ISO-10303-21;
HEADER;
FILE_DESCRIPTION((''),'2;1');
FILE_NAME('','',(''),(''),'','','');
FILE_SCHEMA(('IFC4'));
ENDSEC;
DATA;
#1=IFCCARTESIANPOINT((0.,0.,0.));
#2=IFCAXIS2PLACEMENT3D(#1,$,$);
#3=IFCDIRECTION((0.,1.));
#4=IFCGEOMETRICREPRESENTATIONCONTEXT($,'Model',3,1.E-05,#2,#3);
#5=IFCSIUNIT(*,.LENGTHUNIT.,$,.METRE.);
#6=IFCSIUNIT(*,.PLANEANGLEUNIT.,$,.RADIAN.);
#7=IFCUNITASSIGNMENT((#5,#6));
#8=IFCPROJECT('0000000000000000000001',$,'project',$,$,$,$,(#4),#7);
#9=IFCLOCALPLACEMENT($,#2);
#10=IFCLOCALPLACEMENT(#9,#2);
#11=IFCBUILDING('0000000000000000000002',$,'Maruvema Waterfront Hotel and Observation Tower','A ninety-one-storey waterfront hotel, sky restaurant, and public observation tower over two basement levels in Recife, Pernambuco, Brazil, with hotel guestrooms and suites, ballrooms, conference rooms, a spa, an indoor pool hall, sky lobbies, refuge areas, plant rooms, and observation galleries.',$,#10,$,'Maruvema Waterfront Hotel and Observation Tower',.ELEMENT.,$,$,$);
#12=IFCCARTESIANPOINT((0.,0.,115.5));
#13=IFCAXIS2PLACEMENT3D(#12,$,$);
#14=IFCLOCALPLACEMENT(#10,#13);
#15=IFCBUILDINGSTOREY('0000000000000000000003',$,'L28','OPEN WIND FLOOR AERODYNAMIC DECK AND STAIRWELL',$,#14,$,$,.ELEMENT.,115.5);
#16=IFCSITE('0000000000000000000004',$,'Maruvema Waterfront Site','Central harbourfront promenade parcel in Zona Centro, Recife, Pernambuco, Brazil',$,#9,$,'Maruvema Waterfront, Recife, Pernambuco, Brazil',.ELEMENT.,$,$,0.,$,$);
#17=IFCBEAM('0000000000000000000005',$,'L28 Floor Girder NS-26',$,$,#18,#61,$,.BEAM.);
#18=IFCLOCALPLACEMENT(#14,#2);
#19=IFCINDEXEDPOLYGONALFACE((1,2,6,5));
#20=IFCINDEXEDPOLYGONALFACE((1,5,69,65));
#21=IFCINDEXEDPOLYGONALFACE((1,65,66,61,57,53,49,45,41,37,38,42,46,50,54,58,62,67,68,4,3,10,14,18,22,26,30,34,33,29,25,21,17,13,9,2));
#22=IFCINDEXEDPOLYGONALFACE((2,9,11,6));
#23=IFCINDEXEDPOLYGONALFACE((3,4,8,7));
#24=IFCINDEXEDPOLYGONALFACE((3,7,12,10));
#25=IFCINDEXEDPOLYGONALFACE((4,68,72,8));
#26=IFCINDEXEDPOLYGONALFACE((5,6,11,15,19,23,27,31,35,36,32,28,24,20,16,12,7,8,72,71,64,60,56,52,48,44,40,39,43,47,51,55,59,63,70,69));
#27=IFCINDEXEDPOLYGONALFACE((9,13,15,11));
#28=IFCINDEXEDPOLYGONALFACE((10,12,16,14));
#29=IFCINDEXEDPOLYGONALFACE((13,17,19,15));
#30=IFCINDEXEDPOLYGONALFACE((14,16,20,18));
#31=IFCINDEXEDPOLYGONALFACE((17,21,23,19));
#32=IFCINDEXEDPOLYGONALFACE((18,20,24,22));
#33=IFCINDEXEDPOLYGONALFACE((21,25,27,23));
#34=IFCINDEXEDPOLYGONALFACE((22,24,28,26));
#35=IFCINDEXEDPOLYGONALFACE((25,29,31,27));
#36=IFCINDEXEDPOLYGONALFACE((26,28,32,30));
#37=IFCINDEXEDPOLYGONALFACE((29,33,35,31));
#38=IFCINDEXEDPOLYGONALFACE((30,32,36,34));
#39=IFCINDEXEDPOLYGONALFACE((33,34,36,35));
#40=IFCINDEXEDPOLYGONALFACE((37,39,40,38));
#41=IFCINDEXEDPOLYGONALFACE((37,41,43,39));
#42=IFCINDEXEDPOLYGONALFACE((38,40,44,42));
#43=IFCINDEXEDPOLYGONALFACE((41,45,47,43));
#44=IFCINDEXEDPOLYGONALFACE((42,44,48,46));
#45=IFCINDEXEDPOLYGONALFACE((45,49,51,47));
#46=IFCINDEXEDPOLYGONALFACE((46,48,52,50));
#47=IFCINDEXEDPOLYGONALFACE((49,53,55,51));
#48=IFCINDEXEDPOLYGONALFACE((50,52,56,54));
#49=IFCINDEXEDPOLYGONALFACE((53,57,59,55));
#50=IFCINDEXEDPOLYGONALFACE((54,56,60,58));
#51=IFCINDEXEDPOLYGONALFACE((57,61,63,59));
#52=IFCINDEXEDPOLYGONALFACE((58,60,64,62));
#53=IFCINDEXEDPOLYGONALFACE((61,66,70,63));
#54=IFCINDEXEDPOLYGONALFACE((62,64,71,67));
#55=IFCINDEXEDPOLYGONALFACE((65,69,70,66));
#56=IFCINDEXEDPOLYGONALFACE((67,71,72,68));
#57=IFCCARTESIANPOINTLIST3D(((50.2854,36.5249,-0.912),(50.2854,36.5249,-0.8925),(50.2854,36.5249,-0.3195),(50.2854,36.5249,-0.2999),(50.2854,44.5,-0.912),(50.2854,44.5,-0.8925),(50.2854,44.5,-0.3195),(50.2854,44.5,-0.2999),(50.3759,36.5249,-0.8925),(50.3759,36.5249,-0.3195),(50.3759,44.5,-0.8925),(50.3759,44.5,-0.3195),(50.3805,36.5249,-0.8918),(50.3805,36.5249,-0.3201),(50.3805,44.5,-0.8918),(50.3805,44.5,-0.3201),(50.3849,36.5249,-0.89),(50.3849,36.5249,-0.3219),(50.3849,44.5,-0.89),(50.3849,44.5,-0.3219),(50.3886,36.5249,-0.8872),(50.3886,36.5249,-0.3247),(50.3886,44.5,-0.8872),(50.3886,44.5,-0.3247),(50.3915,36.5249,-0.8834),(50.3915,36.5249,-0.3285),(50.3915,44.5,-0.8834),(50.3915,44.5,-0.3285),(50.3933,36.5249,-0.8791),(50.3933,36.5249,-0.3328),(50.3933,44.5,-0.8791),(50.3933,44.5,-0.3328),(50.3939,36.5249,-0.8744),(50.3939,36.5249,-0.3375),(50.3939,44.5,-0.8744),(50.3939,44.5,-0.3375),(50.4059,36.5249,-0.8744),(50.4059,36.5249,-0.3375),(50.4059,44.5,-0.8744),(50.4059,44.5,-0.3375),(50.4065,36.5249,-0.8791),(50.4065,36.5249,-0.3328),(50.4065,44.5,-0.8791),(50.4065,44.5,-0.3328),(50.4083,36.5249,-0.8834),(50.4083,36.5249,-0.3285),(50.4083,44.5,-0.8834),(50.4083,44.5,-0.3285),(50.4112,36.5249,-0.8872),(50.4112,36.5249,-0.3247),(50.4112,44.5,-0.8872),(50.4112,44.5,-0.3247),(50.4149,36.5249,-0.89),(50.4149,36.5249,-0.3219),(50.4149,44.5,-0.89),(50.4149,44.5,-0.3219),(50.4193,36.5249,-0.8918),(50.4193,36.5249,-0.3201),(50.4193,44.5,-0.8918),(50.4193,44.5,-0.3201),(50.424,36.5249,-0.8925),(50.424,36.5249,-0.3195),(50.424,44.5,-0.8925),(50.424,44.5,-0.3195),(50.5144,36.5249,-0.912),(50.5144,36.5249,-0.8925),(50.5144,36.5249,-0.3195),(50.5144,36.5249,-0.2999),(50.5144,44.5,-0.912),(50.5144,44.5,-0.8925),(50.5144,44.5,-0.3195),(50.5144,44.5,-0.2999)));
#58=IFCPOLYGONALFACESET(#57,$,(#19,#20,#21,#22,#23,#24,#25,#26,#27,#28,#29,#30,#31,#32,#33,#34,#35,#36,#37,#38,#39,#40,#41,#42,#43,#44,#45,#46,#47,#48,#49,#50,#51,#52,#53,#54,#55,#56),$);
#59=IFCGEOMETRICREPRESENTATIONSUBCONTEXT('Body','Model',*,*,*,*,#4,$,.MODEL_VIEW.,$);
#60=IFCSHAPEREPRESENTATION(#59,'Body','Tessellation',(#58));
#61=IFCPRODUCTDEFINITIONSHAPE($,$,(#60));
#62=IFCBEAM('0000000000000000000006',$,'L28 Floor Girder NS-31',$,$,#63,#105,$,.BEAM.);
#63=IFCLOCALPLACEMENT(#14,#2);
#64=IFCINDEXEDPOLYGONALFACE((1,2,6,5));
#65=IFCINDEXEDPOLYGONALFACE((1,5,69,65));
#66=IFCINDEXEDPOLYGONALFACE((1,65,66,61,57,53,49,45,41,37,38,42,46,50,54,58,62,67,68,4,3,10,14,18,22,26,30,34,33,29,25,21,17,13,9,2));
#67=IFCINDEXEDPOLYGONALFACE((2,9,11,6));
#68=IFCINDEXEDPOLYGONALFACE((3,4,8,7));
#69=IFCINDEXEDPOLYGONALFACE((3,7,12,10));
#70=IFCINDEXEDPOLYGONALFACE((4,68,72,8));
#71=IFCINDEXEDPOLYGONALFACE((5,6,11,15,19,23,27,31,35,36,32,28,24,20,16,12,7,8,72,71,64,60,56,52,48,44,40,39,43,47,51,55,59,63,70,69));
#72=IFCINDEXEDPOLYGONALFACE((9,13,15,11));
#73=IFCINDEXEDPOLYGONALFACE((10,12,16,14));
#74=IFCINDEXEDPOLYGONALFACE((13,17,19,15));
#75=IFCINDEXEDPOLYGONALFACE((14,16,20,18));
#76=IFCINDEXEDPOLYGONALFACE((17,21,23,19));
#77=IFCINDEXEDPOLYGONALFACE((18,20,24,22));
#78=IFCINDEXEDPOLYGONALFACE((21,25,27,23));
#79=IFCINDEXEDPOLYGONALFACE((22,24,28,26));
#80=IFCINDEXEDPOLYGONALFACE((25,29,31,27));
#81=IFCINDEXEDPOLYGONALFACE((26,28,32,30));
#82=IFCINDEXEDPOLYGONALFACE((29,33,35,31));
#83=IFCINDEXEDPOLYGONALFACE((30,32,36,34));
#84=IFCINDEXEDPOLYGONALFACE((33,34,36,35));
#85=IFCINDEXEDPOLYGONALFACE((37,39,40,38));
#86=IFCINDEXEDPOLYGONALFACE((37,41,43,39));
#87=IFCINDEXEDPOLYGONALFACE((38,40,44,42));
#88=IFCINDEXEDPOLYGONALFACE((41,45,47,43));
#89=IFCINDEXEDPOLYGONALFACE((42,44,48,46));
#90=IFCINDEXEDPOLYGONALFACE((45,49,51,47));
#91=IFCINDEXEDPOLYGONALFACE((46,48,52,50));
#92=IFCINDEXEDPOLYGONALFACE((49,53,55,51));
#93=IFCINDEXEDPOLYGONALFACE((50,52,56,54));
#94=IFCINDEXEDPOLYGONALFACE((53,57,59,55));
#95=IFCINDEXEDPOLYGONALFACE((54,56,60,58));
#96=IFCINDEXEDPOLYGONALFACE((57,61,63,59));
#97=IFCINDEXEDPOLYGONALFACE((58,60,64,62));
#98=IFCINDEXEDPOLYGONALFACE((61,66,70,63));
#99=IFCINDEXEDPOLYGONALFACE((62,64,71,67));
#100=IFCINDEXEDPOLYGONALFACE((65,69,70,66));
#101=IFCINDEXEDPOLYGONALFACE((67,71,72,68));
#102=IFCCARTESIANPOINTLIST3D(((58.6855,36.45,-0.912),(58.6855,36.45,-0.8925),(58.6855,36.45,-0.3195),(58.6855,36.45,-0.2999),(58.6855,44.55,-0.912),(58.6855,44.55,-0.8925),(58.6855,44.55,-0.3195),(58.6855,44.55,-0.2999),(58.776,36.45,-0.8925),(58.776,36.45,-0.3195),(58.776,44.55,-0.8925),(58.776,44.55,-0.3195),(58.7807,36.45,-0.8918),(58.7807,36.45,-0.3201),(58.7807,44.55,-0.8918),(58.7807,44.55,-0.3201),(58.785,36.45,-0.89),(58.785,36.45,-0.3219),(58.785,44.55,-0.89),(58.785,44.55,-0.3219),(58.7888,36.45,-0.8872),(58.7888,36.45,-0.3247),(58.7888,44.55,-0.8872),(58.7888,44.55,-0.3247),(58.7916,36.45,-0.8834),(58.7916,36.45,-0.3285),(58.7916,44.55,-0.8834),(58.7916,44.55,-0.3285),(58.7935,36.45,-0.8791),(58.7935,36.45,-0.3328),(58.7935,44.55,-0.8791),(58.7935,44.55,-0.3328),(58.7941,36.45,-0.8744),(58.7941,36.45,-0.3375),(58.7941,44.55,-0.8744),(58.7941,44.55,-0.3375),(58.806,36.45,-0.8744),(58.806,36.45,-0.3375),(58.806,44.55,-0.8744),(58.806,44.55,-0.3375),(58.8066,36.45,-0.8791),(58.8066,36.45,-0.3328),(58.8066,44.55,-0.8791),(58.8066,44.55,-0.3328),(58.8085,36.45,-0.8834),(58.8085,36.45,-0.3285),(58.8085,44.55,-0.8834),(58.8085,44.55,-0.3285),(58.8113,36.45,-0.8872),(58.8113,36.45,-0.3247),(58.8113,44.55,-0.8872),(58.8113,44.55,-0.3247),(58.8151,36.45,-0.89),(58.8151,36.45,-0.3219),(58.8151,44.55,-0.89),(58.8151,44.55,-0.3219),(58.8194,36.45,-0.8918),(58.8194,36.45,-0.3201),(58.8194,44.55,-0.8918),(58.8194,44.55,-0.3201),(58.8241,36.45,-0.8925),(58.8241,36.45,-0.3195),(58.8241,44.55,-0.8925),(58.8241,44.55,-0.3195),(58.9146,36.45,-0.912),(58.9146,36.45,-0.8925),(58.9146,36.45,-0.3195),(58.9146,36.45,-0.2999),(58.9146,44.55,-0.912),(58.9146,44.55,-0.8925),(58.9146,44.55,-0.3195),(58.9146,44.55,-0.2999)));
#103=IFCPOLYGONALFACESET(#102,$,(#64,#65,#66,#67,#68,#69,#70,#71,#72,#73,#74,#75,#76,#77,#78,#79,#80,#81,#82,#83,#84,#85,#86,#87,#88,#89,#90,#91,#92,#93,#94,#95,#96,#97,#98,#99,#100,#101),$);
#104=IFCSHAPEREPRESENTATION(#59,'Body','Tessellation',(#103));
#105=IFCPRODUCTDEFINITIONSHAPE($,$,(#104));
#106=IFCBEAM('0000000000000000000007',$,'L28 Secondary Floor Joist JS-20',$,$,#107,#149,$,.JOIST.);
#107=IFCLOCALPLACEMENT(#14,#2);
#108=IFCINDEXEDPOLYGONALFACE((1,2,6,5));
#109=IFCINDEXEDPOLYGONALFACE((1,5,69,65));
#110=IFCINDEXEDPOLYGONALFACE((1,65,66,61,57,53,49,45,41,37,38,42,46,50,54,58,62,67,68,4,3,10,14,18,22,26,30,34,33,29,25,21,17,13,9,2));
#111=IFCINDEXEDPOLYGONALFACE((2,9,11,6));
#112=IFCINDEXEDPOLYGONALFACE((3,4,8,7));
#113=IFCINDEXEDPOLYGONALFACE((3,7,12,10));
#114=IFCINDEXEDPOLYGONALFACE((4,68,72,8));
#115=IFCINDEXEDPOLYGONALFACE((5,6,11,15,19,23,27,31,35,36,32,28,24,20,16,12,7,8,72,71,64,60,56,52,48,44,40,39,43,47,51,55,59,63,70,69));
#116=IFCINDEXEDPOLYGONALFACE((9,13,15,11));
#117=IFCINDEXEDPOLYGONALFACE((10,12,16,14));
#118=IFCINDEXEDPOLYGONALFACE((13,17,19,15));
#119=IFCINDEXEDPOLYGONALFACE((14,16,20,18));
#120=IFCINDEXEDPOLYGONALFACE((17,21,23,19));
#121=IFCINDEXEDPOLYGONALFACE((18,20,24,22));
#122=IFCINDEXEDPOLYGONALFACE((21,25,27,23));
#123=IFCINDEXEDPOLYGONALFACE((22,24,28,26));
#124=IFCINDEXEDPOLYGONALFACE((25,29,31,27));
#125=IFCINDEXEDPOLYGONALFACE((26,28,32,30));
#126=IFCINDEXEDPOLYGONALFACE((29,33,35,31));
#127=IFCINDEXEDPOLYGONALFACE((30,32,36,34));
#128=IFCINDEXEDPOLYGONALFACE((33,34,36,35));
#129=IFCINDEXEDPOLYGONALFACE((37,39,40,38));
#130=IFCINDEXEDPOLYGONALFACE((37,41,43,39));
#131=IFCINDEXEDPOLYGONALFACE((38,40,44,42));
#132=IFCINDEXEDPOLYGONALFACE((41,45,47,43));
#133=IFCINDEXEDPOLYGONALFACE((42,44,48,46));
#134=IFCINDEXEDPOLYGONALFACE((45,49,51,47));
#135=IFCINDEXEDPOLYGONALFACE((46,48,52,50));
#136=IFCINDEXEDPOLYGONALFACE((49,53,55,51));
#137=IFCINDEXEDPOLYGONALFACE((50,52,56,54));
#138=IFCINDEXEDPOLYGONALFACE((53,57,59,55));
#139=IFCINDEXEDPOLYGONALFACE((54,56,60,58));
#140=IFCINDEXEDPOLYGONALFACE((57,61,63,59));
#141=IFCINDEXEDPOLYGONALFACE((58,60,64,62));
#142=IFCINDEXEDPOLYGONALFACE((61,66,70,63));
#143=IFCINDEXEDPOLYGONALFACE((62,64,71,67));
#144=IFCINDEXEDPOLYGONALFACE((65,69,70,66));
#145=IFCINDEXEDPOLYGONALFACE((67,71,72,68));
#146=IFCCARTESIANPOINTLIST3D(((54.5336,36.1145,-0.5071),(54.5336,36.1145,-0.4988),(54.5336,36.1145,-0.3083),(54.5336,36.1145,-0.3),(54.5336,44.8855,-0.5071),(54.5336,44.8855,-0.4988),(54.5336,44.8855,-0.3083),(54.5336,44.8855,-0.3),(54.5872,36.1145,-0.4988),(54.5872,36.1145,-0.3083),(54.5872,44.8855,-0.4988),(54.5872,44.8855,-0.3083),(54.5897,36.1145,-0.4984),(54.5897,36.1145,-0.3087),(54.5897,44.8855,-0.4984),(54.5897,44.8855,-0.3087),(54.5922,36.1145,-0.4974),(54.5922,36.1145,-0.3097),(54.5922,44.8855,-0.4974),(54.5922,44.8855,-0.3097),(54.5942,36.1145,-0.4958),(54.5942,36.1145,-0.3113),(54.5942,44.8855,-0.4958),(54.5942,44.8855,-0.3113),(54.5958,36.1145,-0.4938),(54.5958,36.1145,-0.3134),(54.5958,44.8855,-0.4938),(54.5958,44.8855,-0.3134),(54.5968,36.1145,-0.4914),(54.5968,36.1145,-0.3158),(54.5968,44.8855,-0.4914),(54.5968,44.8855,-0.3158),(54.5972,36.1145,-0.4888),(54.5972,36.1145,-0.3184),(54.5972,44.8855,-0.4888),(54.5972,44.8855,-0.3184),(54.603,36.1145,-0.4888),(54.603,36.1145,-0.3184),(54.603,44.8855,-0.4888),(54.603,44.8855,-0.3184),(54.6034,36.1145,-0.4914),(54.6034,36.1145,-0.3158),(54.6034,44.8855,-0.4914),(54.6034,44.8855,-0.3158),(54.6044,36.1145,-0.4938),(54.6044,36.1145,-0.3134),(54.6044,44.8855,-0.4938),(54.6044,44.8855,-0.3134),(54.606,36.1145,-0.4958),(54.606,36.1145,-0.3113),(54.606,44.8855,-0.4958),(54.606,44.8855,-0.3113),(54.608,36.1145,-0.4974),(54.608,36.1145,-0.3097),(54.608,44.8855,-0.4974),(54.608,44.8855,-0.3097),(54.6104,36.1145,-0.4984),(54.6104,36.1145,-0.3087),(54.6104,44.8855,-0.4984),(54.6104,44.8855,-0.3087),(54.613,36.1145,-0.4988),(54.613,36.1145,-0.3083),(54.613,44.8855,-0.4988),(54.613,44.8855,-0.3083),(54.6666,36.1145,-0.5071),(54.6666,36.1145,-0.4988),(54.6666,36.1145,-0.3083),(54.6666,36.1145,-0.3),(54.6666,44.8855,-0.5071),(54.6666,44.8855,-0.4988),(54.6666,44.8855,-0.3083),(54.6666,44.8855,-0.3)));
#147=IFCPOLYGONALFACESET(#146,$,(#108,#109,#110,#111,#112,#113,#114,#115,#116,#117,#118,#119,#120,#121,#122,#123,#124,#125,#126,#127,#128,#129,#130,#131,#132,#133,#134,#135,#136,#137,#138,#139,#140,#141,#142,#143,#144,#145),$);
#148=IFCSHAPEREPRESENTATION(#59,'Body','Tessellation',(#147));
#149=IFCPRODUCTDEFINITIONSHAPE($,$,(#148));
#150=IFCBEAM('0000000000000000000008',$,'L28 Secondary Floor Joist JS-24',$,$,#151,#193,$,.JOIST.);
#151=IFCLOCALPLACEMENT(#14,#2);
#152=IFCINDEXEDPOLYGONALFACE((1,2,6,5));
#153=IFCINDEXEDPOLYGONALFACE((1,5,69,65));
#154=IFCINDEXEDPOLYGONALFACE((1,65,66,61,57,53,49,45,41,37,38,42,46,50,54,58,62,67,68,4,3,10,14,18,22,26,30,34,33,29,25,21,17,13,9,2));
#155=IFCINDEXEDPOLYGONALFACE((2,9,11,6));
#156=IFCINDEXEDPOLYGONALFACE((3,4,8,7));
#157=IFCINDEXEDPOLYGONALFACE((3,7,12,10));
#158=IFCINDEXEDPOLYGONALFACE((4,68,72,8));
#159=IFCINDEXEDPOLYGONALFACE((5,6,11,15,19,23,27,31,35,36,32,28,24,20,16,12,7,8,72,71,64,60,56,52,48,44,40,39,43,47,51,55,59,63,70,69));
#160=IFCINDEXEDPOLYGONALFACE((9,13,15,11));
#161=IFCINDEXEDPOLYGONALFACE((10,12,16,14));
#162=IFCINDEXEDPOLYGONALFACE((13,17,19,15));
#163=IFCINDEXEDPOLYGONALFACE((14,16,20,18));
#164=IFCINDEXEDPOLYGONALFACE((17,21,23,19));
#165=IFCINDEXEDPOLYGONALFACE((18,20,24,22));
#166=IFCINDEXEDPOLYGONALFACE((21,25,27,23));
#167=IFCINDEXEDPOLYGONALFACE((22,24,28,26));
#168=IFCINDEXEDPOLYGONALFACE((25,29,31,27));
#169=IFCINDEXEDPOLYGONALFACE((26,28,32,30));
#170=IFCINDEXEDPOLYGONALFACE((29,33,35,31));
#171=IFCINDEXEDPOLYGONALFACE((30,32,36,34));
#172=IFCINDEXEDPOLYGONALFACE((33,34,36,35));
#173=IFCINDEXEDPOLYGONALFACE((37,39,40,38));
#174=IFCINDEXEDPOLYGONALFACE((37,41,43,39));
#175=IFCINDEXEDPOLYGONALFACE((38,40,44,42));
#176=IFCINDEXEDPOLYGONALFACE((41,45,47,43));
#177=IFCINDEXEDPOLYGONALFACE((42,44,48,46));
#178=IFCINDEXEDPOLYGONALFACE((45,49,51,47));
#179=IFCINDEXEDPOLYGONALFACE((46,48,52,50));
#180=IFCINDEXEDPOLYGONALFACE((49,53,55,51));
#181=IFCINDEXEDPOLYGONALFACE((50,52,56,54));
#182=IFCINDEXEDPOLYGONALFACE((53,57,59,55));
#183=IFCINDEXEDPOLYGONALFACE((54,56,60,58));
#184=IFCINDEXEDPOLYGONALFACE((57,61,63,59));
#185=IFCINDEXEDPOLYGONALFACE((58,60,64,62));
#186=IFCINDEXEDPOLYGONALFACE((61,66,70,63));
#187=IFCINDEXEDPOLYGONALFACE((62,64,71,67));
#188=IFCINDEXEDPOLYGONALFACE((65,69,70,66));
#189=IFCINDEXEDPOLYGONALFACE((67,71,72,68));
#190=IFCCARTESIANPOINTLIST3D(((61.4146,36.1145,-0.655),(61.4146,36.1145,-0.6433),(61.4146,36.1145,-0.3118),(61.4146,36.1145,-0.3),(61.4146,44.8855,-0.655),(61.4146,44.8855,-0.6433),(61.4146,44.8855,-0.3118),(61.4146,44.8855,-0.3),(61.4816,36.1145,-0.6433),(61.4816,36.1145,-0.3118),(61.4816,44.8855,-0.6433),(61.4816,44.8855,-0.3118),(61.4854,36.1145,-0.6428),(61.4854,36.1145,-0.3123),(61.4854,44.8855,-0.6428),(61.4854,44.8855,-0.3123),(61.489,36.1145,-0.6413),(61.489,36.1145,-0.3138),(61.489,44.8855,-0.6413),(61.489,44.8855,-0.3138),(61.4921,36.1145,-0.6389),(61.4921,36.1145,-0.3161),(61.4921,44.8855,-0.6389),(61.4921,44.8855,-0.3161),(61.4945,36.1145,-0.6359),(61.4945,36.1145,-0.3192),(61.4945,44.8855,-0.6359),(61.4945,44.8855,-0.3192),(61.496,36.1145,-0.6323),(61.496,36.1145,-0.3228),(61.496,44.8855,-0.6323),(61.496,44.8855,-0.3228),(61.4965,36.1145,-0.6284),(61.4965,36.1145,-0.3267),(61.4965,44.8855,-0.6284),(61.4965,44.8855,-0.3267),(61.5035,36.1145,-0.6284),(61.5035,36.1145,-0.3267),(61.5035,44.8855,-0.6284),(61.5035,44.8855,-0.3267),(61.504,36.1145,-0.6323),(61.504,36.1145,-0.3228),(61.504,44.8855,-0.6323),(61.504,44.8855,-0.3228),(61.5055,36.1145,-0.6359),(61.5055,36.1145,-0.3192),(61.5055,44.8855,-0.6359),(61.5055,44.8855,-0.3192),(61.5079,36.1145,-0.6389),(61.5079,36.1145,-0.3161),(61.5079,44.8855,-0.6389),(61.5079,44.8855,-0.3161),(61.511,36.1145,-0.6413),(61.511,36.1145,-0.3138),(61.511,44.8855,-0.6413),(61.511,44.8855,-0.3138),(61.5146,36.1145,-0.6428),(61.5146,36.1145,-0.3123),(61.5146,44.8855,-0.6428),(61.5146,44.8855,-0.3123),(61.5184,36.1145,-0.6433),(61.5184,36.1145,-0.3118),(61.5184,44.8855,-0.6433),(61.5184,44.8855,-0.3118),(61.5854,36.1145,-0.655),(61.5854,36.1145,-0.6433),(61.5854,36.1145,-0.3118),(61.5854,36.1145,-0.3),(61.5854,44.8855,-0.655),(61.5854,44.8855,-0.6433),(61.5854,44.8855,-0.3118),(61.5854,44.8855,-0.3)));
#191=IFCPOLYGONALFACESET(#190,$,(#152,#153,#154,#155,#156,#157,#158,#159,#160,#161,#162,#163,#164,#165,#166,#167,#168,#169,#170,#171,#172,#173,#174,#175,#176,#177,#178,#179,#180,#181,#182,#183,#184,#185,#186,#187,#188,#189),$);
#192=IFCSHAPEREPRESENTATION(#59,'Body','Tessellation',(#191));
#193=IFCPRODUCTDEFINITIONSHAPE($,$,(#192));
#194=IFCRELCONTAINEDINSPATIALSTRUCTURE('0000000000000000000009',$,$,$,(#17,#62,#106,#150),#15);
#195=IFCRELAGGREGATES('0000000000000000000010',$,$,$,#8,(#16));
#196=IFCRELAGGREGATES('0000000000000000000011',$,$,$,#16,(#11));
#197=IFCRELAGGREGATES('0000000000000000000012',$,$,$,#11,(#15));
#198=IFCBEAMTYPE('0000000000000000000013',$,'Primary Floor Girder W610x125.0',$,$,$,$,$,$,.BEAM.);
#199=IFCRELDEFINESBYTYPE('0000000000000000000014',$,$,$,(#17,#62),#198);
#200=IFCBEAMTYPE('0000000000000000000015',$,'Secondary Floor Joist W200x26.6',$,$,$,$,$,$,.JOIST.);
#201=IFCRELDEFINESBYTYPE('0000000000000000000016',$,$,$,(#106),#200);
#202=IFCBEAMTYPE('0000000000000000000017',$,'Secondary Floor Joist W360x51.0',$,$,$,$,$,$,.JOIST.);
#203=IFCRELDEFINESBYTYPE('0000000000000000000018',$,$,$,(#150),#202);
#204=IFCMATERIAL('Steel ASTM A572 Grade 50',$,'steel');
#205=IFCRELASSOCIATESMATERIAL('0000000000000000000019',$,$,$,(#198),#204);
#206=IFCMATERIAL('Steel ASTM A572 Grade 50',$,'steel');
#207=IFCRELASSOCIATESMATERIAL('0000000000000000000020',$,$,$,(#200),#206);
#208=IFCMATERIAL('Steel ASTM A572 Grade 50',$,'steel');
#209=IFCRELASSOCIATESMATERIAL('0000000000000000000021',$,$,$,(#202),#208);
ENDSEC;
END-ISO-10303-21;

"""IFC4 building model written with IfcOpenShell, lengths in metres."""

from ifc_helpers import new_model, si_unit, direction, frame, origin, origin_2d, place, context, subcontext, project, spatial, i_section, extrude, material, material_profile, profile_set, type_object, element, save


model = new_model("IFC4")

# Units and contexts
model_context = context("Model", 3, precision=1e-05, world=origin(), true_north=direction((0.0, 1.0)))
body_context = subcontext(model_context, "Body", "Model", "MODEL_VIEW")
ifc_project = project(units=[si_unit("LENGTHUNIT", "METRE"), si_unit("PLANEANGLEUNIT", "RADIAN")], contexts=[model_context])

# Site, building, storey
site_placement = place(None, origin())
site = spatial("IfcSite", under=ifc_project, at=site_placement, Name="Maruvema Waterfront Site", Description="Central harbourfront promenade parcel in Zona Centro, Recife, Pernambuco, Brazil", LongName="Maruvema Waterfront, Recife, Pernambuco, Brazil", CompositionType="ELEMENT", RefElevation=0.0)
building_placement = place(site_placement, origin())
building = spatial("IfcBuilding", under=site, at=building_placement, Name="Maruvema Waterfront Hotel and Observation Tower", Description="A ninety-one-storey waterfront hotel, sky restaurant, and public observation tower over two basement levels in Recife, Pernambuco, Brazil, with hotel guestrooms and suites, ballrooms, conference rooms, a spa, an indoor pool hall, sky lobbies, refuge areas, plant rooms, and observation galleries.", LongName="Maruvema Waterfront Hotel and Observation Tower", CompositionType="ELEMENT")
storey_placement = place(building_placement, frame((0.0, 0.0, 115.5)))
storey = spatial("IfcBuildingStorey", under=building, at=storey_placement, Name="L28", Description="OPEN WIND FLOOR AERODYNAMIC DECK AND STAIRWELL", CompositionType="ELEMENT", Elevation=115.5)

# Beams
ifc_material_1 = material(Name="Steel ASTM A572 Grade 50", Category="steel")
ifc_material_profile_1 = material_profile(ifc_material_1, i_section(OverallWidth=0.229, OverallDepth=0.6121, WebThickness=0.012, FlangeThickness=0.0195, FilletRadius=0.0181, at=origin_2d()), Name="W610x125.0")
ifc_profile_set_1 = profile_set([ifc_material_profile_1], Name="Steel ASTM A572 Grade 50")
beam_type_1 = type_object("IfcBeamType", Name="Primary Floor Girder W610x125.0", PredefinedType="BEAM", material=ifc_profile_set_1)
beam_1_placement = place(storey_placement, frame((50.3999, 36.5249, -0.606), z_axis=(0.0, 1.0, 0.0), x_axis=(-1.0, 0.0, 0.0)))
element("IfcBeam", 1, at=beam_1_placement, inside=storey, type_object=beam_type_1, Name="L28 Floor Girder NS-26", PredefinedType="BEAM", context=body_context, shape_type="SweptSolid", body=[
    extrude(i_section(OverallWidth=0.229, OverallDepth=0.6121, WebThickness=0.012, FlangeThickness=0.0195, FilletRadius=0.0181, at=origin_2d()), origin(), (0.0, 0.0, 1.0), 7.9751),
])
beam_2_placement = place(storey_placement, frame((58.8, 36.45, -0.606), z_axis=(0.0, 1.0, 0.0), x_axis=(-1.0, 0.0, 0.0)))
element("IfcBeam", 2, at=beam_2_placement, inside=storey, type_object=beam_type_1, Name="L28 Floor Girder NS-31", PredefinedType="BEAM", context=body_context, shape_type="SweptSolid", body=[
    extrude(i_section(OverallWidth=0.229, OverallDepth=0.6121, WebThickness=0.012, FlangeThickness=0.0195, FilletRadius=0.0181, at=origin_2d()), origin(), (0.0, 0.0, 1.0), 8.1001),
])
ifc_material_2 = material(Name="Steel ASTM A572 Grade 50", Category="steel")
ifc_material_profile_2 = material_profile(ifc_material_2, i_section(OverallWidth=0.1331, OverallDepth=0.207, WebThickness=0.0059, FlangeThickness=0.0083, FilletRadius=0.01, at=origin_2d()), Name="W200x26.6")
ifc_profile_set_2 = profile_set([ifc_material_profile_2], Name="Steel ASTM A572 Grade 50")
beam_type_2 = type_object("IfcBeamType", Name="Secondary Floor Joist W200x26.6", PredefinedType="JOIST", material=ifc_profile_set_2)
beam_3_placement = place(storey_placement, frame((54.6001, 36.1145, -0.4036), z_axis=(0.0, 1.0, 0.0), x_axis=(-1.0, 0.0, 0.0)))
element("IfcBeam", 3, at=beam_3_placement, inside=storey, type_object=beam_type_2, Name="L28 Secondary Floor Joist JS-20", PredefinedType="JOIST", context=body_context, shape_type="SweptSolid", body=[
    extrude(i_section(OverallWidth=0.1331, OverallDepth=0.207, WebThickness=0.0059, FlangeThickness=0.0083, FilletRadius=0.01, at=origin_2d()), origin(), (0.0, 0.0, 1.0), 8.771),
])
ifc_material_3 = material(Name="Steel ASTM A572 Grade 50", Category="steel")
ifc_material_profile_3 = material_profile(ifc_material_3, i_section(OverallWidth=0.1709, OverallDepth=0.355, WebThickness=0.0071, FlangeThickness=0.0117, FilletRadius=0.0149, at=origin_2d()), Name="W360x51.0")
ifc_profile_set_3 = profile_set([ifc_material_profile_3], Name="Steel ASTM A572 Grade 50")
beam_type_3 = type_object("IfcBeamType", Name="Secondary Floor Joist W360x51.0", PredefinedType="JOIST", material=ifc_profile_set_3)
beam_4_placement = place(storey_placement, frame((61.5, 36.1145, -0.4775), z_axis=(0.0, 1.0, 0.0), x_axis=(-1.0, 0.0, 0.0)))
element("IfcBeam", 4, at=beam_4_placement, inside=storey, type_object=beam_type_3, Name="L28 Secondary Floor Joist JS-24", PredefinedType="JOIST", context=body_context, shape_type="SweptSolid", body=[
    extrude(i_section(OverallWidth=0.1709, OverallDepth=0.355, WebThickness=0.0071, FlangeThickness=0.0117, FilletRadius=0.0149, at=origin_2d()), origin(), (0.0, 0.0, 1.0), 8.771),
])

save(model, "model.ifc")
